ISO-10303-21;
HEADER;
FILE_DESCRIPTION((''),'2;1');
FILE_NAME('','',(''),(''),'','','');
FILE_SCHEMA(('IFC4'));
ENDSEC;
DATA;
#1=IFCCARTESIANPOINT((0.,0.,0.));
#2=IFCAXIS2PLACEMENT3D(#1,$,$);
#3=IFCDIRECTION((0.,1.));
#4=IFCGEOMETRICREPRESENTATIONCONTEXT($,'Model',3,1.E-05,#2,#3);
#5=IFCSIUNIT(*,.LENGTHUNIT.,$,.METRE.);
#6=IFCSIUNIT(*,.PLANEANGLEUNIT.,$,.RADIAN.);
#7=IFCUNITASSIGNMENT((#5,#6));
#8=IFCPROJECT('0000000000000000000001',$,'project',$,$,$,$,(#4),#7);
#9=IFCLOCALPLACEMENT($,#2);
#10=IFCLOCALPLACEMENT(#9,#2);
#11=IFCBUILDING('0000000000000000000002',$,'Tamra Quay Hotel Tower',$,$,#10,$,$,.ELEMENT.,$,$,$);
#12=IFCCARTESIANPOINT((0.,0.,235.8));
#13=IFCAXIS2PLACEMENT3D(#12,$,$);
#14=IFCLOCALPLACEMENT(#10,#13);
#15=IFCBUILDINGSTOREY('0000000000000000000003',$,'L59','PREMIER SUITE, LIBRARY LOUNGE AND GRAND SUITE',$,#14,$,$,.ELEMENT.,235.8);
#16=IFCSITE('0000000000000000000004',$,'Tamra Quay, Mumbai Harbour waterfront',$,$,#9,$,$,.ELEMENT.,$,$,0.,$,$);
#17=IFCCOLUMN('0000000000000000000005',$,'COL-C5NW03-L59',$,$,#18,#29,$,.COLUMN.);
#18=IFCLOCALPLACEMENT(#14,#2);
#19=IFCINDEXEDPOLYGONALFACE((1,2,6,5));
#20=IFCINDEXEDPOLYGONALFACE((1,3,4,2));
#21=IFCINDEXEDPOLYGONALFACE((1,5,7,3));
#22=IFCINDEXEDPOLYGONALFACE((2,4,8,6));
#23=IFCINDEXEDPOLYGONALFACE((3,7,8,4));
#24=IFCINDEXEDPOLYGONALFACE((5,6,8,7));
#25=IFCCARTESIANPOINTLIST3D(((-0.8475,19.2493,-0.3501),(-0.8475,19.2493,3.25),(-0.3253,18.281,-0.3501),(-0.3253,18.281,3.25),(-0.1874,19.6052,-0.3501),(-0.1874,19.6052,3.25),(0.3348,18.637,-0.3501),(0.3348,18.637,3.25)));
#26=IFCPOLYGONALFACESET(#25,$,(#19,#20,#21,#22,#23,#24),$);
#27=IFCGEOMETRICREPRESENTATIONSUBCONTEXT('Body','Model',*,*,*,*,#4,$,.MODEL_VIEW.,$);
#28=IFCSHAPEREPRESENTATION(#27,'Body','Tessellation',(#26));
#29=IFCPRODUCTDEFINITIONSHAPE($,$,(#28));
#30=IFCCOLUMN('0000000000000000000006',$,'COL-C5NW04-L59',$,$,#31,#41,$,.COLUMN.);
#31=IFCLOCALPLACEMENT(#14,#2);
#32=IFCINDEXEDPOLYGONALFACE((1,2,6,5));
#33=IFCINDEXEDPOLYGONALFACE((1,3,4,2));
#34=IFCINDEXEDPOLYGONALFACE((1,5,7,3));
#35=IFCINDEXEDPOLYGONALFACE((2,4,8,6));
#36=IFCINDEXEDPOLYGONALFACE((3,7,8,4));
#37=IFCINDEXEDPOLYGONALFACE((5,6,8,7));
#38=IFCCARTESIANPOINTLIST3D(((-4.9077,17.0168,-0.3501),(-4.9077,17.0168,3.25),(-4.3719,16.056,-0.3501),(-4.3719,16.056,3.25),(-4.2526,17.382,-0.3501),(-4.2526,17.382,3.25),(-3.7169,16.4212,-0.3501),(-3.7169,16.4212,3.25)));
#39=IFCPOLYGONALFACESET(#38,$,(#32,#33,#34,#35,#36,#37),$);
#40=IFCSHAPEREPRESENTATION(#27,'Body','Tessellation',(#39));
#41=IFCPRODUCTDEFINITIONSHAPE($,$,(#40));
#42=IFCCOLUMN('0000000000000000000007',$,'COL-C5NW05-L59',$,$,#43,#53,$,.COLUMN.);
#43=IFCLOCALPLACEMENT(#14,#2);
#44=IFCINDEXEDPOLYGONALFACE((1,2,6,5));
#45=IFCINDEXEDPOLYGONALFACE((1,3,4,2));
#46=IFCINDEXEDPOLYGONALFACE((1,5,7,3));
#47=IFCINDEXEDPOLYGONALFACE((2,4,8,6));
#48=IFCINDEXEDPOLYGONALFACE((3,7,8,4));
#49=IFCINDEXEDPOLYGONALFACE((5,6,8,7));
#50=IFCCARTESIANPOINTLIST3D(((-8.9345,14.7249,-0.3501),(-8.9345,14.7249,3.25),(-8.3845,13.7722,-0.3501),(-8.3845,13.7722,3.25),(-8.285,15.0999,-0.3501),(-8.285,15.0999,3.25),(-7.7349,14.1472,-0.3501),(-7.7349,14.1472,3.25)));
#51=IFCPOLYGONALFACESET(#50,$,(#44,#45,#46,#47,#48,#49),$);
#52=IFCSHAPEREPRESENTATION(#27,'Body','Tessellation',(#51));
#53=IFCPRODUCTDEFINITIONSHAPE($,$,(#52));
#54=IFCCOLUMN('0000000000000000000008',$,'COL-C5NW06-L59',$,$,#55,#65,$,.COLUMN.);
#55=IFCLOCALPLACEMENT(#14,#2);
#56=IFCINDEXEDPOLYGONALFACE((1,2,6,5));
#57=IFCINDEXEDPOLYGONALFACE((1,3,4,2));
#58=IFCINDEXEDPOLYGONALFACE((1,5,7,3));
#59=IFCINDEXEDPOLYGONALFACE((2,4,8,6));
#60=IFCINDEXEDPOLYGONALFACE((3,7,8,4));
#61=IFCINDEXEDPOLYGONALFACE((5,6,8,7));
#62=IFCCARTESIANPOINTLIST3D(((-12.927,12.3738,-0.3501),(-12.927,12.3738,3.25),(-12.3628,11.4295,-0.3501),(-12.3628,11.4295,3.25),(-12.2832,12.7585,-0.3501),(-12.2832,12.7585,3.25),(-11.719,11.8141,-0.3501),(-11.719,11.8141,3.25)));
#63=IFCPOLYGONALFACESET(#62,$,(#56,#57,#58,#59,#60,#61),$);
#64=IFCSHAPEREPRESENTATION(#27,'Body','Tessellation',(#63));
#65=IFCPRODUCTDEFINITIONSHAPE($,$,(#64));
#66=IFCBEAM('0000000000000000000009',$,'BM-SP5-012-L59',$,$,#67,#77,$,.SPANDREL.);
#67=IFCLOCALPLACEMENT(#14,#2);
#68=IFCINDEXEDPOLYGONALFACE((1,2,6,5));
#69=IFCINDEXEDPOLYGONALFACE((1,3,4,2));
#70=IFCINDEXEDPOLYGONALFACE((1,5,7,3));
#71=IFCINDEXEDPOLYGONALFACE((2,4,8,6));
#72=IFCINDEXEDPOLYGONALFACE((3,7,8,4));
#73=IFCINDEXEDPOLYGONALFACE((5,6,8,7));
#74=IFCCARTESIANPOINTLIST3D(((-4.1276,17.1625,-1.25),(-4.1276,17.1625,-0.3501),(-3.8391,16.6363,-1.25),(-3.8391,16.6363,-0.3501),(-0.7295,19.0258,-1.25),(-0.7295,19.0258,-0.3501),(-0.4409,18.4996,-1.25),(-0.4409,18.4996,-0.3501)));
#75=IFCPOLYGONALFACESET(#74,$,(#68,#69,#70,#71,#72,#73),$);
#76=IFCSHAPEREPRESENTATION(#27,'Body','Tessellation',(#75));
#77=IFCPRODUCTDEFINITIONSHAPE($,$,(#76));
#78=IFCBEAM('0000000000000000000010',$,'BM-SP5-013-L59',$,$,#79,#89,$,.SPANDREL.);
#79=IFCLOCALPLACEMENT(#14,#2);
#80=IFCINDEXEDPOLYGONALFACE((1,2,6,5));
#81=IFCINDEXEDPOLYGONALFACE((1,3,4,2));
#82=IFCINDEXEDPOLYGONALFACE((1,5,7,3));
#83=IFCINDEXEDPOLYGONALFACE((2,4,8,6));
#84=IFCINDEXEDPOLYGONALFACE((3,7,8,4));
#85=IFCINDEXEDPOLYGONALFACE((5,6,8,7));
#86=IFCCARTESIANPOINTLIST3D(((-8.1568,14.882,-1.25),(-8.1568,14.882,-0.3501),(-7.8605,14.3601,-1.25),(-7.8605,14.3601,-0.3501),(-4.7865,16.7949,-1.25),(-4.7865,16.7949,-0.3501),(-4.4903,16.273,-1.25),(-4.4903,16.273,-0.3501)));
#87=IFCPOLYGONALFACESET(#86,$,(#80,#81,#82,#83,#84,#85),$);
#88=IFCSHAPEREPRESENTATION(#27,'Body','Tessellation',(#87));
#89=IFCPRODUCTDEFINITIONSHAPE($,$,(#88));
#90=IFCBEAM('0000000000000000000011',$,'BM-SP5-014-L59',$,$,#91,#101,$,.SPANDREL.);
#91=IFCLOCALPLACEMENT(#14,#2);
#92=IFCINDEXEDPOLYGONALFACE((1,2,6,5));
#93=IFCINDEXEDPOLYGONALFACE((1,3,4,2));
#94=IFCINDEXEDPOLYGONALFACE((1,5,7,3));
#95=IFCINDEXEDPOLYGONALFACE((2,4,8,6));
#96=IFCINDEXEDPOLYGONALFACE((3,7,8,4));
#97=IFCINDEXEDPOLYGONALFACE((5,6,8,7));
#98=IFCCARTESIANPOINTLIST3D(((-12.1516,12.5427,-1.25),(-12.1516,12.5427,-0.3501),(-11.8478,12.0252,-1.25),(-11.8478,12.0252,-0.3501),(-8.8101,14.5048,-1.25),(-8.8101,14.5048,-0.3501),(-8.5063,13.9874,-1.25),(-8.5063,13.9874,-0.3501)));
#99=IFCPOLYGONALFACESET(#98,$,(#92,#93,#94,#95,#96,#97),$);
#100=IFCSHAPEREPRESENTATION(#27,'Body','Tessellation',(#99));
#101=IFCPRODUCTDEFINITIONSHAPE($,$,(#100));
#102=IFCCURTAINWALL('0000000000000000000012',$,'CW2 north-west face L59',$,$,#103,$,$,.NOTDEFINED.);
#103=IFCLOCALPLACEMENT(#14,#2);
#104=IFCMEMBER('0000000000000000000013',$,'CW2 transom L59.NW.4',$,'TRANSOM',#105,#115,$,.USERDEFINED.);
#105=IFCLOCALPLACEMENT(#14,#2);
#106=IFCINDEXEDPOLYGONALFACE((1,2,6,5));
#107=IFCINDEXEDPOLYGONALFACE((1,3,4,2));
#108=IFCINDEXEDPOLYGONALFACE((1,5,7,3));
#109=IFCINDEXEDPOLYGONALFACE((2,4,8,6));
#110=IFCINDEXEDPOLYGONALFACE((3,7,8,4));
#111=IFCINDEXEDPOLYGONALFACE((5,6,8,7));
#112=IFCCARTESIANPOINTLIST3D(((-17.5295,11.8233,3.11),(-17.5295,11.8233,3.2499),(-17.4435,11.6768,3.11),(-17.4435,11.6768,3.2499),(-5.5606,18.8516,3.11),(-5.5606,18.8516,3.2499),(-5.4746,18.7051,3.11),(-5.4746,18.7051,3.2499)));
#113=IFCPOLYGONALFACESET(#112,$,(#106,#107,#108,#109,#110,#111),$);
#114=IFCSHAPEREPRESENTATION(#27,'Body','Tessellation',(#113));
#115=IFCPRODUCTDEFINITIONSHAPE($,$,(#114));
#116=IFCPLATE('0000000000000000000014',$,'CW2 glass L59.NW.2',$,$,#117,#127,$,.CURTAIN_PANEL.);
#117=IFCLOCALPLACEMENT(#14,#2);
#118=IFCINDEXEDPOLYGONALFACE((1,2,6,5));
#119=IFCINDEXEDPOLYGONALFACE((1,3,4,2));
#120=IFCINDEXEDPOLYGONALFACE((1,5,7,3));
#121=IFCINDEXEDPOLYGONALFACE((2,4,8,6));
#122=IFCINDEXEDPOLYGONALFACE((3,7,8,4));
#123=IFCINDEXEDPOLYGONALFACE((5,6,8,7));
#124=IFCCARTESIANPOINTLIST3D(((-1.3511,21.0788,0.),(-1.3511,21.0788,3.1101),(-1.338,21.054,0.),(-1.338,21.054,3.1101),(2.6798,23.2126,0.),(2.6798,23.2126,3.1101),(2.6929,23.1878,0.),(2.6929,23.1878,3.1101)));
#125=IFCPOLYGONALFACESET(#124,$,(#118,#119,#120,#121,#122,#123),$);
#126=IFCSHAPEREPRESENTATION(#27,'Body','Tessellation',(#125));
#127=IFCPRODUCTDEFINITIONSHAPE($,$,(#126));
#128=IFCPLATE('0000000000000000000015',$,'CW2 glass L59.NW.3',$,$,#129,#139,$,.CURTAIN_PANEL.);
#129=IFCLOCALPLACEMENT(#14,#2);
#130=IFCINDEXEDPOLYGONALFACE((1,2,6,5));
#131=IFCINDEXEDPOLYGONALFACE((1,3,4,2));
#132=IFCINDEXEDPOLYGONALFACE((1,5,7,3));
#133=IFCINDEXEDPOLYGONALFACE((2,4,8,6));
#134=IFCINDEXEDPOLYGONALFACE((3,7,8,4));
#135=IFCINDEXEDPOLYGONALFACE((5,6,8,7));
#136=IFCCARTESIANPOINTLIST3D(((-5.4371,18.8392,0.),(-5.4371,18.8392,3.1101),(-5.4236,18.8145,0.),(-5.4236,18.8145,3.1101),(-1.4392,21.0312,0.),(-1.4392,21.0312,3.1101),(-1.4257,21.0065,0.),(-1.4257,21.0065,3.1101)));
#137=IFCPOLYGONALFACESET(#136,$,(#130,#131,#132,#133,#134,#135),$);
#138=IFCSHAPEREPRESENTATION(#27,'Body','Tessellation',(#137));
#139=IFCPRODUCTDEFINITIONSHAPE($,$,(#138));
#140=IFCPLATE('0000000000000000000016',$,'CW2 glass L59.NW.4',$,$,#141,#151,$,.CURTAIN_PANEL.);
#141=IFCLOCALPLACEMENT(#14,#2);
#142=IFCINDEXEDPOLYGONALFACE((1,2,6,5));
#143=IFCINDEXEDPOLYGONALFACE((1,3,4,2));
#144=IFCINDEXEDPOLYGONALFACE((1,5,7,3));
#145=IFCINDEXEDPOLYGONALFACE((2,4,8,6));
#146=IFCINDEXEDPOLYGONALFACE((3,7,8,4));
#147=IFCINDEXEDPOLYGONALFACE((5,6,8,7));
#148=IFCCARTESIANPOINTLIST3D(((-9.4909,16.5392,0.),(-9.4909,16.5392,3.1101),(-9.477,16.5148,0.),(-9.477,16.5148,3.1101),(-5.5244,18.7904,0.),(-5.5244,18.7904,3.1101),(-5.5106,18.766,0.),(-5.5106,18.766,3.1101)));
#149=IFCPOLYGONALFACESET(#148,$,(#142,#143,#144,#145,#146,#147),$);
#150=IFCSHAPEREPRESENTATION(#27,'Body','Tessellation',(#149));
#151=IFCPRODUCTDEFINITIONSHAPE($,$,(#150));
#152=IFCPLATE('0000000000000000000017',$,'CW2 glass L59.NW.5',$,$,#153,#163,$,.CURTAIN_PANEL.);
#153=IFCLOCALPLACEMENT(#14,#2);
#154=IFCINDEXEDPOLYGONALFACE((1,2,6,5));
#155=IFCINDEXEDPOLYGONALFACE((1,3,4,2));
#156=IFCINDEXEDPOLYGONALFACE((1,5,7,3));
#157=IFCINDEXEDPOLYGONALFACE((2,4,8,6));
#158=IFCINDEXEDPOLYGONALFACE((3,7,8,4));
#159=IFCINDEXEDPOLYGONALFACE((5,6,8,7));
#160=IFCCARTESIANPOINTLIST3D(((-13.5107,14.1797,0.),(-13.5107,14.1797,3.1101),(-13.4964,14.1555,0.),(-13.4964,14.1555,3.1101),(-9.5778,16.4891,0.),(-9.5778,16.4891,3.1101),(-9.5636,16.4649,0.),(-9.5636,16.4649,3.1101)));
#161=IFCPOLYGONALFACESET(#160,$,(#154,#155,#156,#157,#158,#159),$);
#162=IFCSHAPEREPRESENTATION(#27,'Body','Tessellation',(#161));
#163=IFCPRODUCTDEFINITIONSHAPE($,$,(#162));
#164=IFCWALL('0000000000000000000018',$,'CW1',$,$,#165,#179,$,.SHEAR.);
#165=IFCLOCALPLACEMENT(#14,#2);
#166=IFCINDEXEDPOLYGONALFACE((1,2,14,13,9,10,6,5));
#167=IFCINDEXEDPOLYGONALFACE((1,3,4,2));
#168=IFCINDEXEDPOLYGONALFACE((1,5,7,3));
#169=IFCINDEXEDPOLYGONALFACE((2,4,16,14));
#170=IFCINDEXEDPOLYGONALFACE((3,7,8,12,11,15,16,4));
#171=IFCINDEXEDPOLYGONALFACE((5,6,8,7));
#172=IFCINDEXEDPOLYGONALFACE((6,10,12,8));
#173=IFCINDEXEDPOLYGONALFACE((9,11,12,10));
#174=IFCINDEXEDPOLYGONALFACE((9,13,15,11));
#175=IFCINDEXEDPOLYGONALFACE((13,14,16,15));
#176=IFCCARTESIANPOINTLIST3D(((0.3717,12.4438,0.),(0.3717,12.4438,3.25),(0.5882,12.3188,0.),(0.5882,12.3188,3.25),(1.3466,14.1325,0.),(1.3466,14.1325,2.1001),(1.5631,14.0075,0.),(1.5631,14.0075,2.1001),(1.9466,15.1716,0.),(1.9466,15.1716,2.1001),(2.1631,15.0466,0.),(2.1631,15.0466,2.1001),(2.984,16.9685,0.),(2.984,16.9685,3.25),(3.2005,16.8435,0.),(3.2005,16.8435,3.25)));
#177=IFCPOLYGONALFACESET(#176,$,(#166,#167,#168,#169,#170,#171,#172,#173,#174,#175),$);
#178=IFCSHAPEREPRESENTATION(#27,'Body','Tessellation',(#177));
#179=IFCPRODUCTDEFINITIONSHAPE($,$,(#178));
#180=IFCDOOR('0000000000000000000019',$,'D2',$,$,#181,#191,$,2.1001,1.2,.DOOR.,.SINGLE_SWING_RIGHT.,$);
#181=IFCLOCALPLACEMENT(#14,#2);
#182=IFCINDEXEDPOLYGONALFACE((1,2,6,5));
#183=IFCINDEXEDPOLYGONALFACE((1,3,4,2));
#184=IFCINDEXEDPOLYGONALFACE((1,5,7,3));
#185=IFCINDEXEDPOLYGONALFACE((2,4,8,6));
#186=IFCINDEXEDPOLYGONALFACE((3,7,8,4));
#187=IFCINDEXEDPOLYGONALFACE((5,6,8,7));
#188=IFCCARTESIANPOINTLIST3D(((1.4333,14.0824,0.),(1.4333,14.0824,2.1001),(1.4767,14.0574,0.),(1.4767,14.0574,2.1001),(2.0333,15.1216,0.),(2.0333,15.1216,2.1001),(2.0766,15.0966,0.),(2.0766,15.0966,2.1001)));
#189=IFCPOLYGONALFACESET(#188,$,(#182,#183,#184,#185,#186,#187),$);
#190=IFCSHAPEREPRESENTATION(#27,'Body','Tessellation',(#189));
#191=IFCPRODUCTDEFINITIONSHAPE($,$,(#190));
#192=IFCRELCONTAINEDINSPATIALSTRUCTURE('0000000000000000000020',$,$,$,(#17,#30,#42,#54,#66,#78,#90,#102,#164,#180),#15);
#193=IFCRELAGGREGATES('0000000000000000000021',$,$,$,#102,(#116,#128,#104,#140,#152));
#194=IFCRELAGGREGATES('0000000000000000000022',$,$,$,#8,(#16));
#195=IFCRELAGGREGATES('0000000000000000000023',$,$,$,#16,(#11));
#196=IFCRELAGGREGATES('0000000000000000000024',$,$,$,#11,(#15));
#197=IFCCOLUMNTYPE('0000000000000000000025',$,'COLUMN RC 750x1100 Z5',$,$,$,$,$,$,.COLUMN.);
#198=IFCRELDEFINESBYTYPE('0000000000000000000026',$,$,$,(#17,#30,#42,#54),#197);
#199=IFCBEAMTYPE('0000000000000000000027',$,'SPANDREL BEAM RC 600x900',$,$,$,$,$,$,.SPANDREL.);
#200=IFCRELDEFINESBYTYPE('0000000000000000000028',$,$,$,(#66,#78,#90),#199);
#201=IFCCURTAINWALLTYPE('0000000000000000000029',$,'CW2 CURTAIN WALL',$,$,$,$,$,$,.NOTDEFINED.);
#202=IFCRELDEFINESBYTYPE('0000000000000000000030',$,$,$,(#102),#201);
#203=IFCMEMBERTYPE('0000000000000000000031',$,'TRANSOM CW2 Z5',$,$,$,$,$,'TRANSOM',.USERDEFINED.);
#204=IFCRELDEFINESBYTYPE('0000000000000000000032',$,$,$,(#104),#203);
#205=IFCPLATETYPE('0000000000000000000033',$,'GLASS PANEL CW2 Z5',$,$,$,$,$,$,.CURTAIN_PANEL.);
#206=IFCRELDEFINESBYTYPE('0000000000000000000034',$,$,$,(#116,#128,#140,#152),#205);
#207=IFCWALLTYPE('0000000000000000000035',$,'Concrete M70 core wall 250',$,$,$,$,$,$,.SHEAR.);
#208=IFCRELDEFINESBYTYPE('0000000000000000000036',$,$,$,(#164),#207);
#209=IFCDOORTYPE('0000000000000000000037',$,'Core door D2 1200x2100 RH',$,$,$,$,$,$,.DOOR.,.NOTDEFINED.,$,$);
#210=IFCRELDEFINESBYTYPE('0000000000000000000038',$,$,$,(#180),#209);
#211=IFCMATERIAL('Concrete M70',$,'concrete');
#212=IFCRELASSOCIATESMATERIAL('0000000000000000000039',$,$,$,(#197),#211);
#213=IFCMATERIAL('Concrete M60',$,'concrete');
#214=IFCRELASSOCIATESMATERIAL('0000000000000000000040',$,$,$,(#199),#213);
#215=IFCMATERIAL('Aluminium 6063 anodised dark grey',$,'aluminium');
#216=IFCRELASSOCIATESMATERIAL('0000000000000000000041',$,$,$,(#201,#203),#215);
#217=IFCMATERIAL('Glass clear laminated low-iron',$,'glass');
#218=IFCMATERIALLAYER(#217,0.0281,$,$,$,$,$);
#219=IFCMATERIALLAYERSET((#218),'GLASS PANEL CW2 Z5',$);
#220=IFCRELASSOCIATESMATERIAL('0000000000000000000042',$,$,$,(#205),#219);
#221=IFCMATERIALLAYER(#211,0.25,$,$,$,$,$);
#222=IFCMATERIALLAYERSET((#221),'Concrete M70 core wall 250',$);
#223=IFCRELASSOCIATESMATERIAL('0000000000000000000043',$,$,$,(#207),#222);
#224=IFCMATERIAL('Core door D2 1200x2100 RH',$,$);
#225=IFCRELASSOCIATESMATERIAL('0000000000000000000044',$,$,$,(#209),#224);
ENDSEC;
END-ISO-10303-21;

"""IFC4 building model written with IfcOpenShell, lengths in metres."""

from ifc_helpers import new_model, si_unit, direction, frame, frame_2d, origin, origin_2d, place, context, subcontext, project, spatial, rectangle, extrude, material, layer, layer_set, material_profile, profile_set, type_object, element, fill, aggregate, save


model = new_model("IFC4")

# Units and contexts
model_context = context("Model", 3, precision=1e-05, world=origin(), true_north=direction((0.0, 1.0)))
body_context = subcontext(model_context, "Body", "Model", "MODEL_VIEW")
ifc_project = project(units=[si_unit("LENGTHUNIT", "METRE"), si_unit("PLANEANGLEUNIT", "RADIAN")], contexts=[model_context])

# Site, building, storey
site_placement = place(None, origin())
site = spatial("IfcSite", under=ifc_project, at=site_placement, Name="Tamra Quay, Mumbai Harbour waterfront", CompositionType="ELEMENT", RefElevation=0.0)
building_placement = place(site_placement, origin())
building = spatial("IfcBuilding", under=site, at=building_placement, Name="Tamra Quay Hotel Tower", CompositionType="ELEMENT")
storey_placement = place(building_placement, frame((0.0, 0.0, 235.8)))
storey = spatial("IfcBuildingStorey", under=building, at=storey_placement, Name="L59", Description="PREMIER SUITE, LIBRARY LOUNGE AND GRAND SUITE", CompositionType="ELEMENT", Elevation=235.8)

# Columns
ifc_material_1 = material(Name="Concrete M70", Category="concrete")
ifc_material_profile_1 = material_profile(ifc_material_1, rectangle(XDim=1.1001, YDim=0.75, at=origin_2d()), Name="COLUMN RC 750x1100 Z5")
ifc_profile_set_1 = profile_set([ifc_material_profile_1], Name="Concrete M70")
column_type = type_object("IfcColumnType", Name="COLUMN RC 750x1100 Z5", PredefinedType="COLUMN", material=ifc_profile_set_1)
for number, where, z_axis, x_axis, name in (
    (1, (-0.2563, 18.9431, -0.3501), (0.0, 0.0, 1.0), (-0.474651, 0.880174, 0.0), "COL-C5NW03-L59"),
    (2, (-4.3123, 16.719, -0.3501), (0.0, 0.0, 1.0), (-0.486989, 0.873408, 0.0), "COL-C5NW04-L59"),
    (3, (-8.3347, 14.436, -0.3501), (0.0, 0.0, 1.0), (-0.5, 0.866025, 0.0), "COL-C5NW05-L59"),
    (4, (-12.323, 12.094, -0.3501), (0.0, 0.0, 1.0), (-0.512899, 0.858449, 0.0), "COL-C5NW06-L59"),
):
    element("IfcColumn", number, at=place(storey_placement, frame(where, z_axis=z_axis, x_axis=x_axis)), inside=storey, type_object=column_type, Name=name, PredefinedType="COLUMN", context=body_context, shape_type="SweptSolid", body=[
        extrude(rectangle(XDim=1.1001, YDim=0.75, at=origin_2d()), origin(), (0.0, 0.0, 1.0), 3.6001),
    ])

# Beams
ifc_material_2 = material(Name="Concrete M60", Category="concrete")
ifc_material_profile_2 = material_profile(ifc_material_2, rectangle(XDim=0.6001, YDim=0.8999, at=origin_2d()), Name="SPANDREL BEAM RC 600x900")
ifc_profile_set_2 = profile_set([ifc_material_profile_2], Name="Concrete M60")
beam_type = type_object("IfcBeamType", Name="SPANDREL BEAM RC 600x900", PredefinedType="SPANDREL", material=ifc_profile_set_2)
beam_1_placement = place(storey_placement, frame((-0.5852, 18.7627, -0.8), z_axis=(-0.876839, -0.480784, 0.0), x_axis=(0.480784, -0.876839, 0.0)))
element("IfcBeam", 5, at=beam_1_placement, inside=storey, type_object=beam_type, Name="BM-SP5-012-L59", PredefinedType="SPANDREL", context=body_context, shape_type="SweptSolid", body=[
    extrude(rectangle(XDim=0.6001, YDim=0.8999, at=origin_2d()), origin(), (0.0, 0.0, 1.0), 3.8755),
])
beam_2_placement = place(storey_placement, frame((-4.6384, 16.5339, -0.8), z_axis=(-0.869678, -0.49362, 0.0), x_axis=(0.49362, -0.869678, 0.0)))
element("IfcBeam", 6, at=beam_2_placement, inside=storey, type_object=beam_type, Name="BM-SP5-013-L59", PredefinedType="SPANDREL", context=body_context, shape_type="SweptSolid", body=[
    extrude(rectangle(XDim=0.6001, YDim=0.8999, at=origin_2d()), origin(), (0.0, 0.0, 1.0), 3.8752),
])
beam_3_placement = place(storey_placement, frame((-8.6582, 14.2461, -0.8), z_axis=(-0.862324, -0.506356, 0.0), x_axis=(0.506356, -0.862324, 0.0)))
element("IfcBeam", 7, at=beam_3_placement, inside=storey, type_object=beam_type, Name="BM-SP5-014-L59", PredefinedType="SPANDREL", context=body_context, shape_type="SweptSolid", body=[
    extrude(rectangle(XDim=0.6001, YDim=0.8999, at=origin_2d()), origin(), (0.0, 0.0, 1.0), 3.875),
])

# Curtain wall, member, plates
ifc_material_3 = material(Name="Aluminium 6063 anodised dark grey", Category="aluminium")
curtain_wall_type = type_object("IfcCurtainWallType", Name="CW2 CURTAIN WALL", PredefinedType="NOTDEFINED", material=ifc_material_3)
curtain_wall_placement = place(storey_placement, origin())
curtain_wall = element("IfcCurtainWall", 8, at=curtain_wall_placement, inside=storey, type_object=curtain_wall_type, Name="CW2 north-west face L59", PredefinedType="NOTDEFINED")
ifc_material_profile_3 = material_profile(ifc_material_3, rectangle(XDim=0.1699, YDim=0.1399, at=origin_2d()), Name="TRANSOM 170X140")
ifc_profile_set_3 = profile_set([ifc_material_profile_3], Name="Aluminium 6063 anodised dark grey")
member_type = type_object("IfcMemberType", Name="TRANSOM CW2 Z5", ElementType="TRANSOM", PredefinedType="USERDEFINED", material=ifc_profile_set_3)
member_placement = place(storey_placement, frame((-5.5176, 18.7783, 3.1799), z_axis=(-0.86232, -0.506364, 0.0), x_axis=(0.506364, -0.86232, 0.0)))
member = element("IfcMember", 9, at=member_placement, type_object=member_type, Name="CW2 transom L59.NW.4", ObjectType="TRANSOM", PredefinedType="USERDEFINED", context=body_context, shape_type="SweptSolid", body=[
    extrude(rectangle(XDim=0.1699, YDim=0.1399, at=origin_2d()), origin(), (0.0, 0.0, 1.0), 13.8799),
])
ifc_material_4 = material(Name="Glass clear laminated low-iron", Category="glass")
ifc_layer_1 = layer(ifc_material_4, 0.0281)
ifc_layer_set_1 = layer_set([ifc_layer_1], Name="GLASS PANEL CW2 Z5")
plate_type = type_object("IfcPlateType", Name="GLASS PANEL CW2 Z5", PredefinedType="CURTAIN_PANEL", material=ifc_layer_set_1)
plate_1_placement = place(storey_placement, frame((0.6709, 22.1333, 0.0), z_axis=(0.0, 0.0, 1.0), x_axis=(-0.883813, -0.467841, 0.0)))
plate_1 = element("IfcPlate", 10, at=plate_1_placement, type_object=plate_type, Name="CW2 glass L59.NW.2", PredefinedType="CURTAIN_PANEL", context=body_context, shape_type="SweptSolid", body=[
    extrude(rectangle(XDim=4.5608, YDim=0.0281, at=origin_2d()), origin(), (0.0, 0.0, 1.0), 3.1101),
])
plate_2_placement = place(storey_placement, frame((-3.4314, 19.9229, 0.0), z_axis=(0.0, 0.0, 1.0), x_axis=(-0.876846, -0.480771, 0.0)))
plate_2 = element("IfcPlate", 11, at=plate_2_placement, type_object=plate_type, Name="CW2 glass L59.NW.3", PredefinedType="CURTAIN_PANEL", context=body_context, shape_type="SweptSolid", body=[
    extrude(rectangle(XDim=4.5593, YDim=0.0281, at=origin_2d()), origin(), (0.0, 0.0, 1.0), 3.1101),
])
plate_3_placement = place(storey_placement, frame((-7.5007, 17.6526, 0.0), z_axis=(0.0, 0.0, 1.0), x_axis=(-0.869683, -0.493611, 0.0)))
plate_3 = element("IfcPlate", 12, at=plate_3_placement, type_object=plate_type, Name="CW2 glass L59.NW.4", PredefinedType="CURTAIN_PANEL", context=body_context, shape_type="SweptSolid", body=[
    extrude(rectangle(XDim=4.5608, YDim=0.0281, at=origin_2d()), origin(), (0.0, 0.0, 1.0), 3.1101),
])
plate_4_placement = place(storey_placement, frame((-11.5371, 15.3223, 0.0), z_axis=(0.0, 0.0, 1.0), x_axis=(-0.862321, -0.506362, 0.0)))
plate_4 = element("IfcPlate", 13, at=plate_4_placement, type_object=plate_type, Name="CW2 glass L59.NW.5", PredefinedType="CURTAIN_PANEL", context=body_context, shape_type="SweptSolid", body=[
    extrude(rectangle(XDim=4.5608, YDim=0.0281, at=origin_2d()), origin(), (0.0, 0.0, 1.0), 3.1101),
])
aggregate(curtain_wall, [plate_1, plate_2, member, plate_3, plate_4])

# Wall, opening, door
ifc_layer_2 = layer(ifc_material_1, 0.25)
ifc_layer_set_2 = layer_set([ifc_layer_2], Name="Concrete M70 core wall 250")
wall_type_1 = type_object("IfcWallType", Name="Concrete M70 core wall 250", PredefinedType="SHEAR", material=ifc_layer_set_2)
wall_1_placement = place(storey_placement, frame((0.48, 12.3813, 0.0), z_axis=(0.0, 0.0, 1.0), x_axis=(0.499999, 0.866026, 0.0)))
wall_1 = element("IfcWall", 14, at=wall_1_placement, inside=storey, type_object=wall_type_1, Name="CW1", PredefinedType="SHEAR", context=body_context, shape_type="SweptSolid", body=[
    extrude(rectangle(XDim=5.2246, YDim=0.25, at=frame_2d((2.6123, 0.0))), origin(), (0.0, 0.0, 1.0), 3.25),
])
opening_1_placement = place(wall_1_placement, frame((1.9497, 0.0, 0.0)))
opening_1 = element("IfcOpeningElement", 15, at=opening_1_placement, cuts=wall_1, PredefinedType="OPENING", context=body_context, shape_type="SweptSolid", body=[
    extrude(rectangle(XDim=1.2, YDim=2.1001, at=frame_2d((0.6001, 1.05))), frame((0.0, 0.135, 0.0), z_axis=(0.0, -1.0, 0.0), x_axis=(1.0, 0.0, 0.0)), (0.0, 0.0, 1.0), 0.27),
])
ifc_material_5 = material(Name="Core door D2 1200x2100 RH")
door_type_1 = type_object("IfcDoorType", Name="Core door D2 1200x2100 RH", OperationType="NOTDEFINED", PredefinedType="DOOR", material=ifc_material_5)
door_1_placement = place(opening_1_placement, origin())
door_1 = element("IfcDoor", 16, at=door_1_placement, inside=storey, type_object=door_type_1, Name="D2", OperationType="SINGLE_SWING_RIGHT", OverallHeight=2.1001, OverallWidth=1.2, PredefinedType="DOOR", context=body_context, shape_type="SweptSolid", body=[
    extrude(rectangle(XDim=1.2, YDim=2.1001, at=frame_2d((0.6001, 1.05))), frame((0.0, 0.0249, 0.0), z_axis=(0.0, -1.0, 0.0), x_axis=(1.0, 0.0, 0.0)), (0.0, 0.0, 1.0), 0.05),
])
fill(opening_1, door_1)

save(model, "model.ifc")
